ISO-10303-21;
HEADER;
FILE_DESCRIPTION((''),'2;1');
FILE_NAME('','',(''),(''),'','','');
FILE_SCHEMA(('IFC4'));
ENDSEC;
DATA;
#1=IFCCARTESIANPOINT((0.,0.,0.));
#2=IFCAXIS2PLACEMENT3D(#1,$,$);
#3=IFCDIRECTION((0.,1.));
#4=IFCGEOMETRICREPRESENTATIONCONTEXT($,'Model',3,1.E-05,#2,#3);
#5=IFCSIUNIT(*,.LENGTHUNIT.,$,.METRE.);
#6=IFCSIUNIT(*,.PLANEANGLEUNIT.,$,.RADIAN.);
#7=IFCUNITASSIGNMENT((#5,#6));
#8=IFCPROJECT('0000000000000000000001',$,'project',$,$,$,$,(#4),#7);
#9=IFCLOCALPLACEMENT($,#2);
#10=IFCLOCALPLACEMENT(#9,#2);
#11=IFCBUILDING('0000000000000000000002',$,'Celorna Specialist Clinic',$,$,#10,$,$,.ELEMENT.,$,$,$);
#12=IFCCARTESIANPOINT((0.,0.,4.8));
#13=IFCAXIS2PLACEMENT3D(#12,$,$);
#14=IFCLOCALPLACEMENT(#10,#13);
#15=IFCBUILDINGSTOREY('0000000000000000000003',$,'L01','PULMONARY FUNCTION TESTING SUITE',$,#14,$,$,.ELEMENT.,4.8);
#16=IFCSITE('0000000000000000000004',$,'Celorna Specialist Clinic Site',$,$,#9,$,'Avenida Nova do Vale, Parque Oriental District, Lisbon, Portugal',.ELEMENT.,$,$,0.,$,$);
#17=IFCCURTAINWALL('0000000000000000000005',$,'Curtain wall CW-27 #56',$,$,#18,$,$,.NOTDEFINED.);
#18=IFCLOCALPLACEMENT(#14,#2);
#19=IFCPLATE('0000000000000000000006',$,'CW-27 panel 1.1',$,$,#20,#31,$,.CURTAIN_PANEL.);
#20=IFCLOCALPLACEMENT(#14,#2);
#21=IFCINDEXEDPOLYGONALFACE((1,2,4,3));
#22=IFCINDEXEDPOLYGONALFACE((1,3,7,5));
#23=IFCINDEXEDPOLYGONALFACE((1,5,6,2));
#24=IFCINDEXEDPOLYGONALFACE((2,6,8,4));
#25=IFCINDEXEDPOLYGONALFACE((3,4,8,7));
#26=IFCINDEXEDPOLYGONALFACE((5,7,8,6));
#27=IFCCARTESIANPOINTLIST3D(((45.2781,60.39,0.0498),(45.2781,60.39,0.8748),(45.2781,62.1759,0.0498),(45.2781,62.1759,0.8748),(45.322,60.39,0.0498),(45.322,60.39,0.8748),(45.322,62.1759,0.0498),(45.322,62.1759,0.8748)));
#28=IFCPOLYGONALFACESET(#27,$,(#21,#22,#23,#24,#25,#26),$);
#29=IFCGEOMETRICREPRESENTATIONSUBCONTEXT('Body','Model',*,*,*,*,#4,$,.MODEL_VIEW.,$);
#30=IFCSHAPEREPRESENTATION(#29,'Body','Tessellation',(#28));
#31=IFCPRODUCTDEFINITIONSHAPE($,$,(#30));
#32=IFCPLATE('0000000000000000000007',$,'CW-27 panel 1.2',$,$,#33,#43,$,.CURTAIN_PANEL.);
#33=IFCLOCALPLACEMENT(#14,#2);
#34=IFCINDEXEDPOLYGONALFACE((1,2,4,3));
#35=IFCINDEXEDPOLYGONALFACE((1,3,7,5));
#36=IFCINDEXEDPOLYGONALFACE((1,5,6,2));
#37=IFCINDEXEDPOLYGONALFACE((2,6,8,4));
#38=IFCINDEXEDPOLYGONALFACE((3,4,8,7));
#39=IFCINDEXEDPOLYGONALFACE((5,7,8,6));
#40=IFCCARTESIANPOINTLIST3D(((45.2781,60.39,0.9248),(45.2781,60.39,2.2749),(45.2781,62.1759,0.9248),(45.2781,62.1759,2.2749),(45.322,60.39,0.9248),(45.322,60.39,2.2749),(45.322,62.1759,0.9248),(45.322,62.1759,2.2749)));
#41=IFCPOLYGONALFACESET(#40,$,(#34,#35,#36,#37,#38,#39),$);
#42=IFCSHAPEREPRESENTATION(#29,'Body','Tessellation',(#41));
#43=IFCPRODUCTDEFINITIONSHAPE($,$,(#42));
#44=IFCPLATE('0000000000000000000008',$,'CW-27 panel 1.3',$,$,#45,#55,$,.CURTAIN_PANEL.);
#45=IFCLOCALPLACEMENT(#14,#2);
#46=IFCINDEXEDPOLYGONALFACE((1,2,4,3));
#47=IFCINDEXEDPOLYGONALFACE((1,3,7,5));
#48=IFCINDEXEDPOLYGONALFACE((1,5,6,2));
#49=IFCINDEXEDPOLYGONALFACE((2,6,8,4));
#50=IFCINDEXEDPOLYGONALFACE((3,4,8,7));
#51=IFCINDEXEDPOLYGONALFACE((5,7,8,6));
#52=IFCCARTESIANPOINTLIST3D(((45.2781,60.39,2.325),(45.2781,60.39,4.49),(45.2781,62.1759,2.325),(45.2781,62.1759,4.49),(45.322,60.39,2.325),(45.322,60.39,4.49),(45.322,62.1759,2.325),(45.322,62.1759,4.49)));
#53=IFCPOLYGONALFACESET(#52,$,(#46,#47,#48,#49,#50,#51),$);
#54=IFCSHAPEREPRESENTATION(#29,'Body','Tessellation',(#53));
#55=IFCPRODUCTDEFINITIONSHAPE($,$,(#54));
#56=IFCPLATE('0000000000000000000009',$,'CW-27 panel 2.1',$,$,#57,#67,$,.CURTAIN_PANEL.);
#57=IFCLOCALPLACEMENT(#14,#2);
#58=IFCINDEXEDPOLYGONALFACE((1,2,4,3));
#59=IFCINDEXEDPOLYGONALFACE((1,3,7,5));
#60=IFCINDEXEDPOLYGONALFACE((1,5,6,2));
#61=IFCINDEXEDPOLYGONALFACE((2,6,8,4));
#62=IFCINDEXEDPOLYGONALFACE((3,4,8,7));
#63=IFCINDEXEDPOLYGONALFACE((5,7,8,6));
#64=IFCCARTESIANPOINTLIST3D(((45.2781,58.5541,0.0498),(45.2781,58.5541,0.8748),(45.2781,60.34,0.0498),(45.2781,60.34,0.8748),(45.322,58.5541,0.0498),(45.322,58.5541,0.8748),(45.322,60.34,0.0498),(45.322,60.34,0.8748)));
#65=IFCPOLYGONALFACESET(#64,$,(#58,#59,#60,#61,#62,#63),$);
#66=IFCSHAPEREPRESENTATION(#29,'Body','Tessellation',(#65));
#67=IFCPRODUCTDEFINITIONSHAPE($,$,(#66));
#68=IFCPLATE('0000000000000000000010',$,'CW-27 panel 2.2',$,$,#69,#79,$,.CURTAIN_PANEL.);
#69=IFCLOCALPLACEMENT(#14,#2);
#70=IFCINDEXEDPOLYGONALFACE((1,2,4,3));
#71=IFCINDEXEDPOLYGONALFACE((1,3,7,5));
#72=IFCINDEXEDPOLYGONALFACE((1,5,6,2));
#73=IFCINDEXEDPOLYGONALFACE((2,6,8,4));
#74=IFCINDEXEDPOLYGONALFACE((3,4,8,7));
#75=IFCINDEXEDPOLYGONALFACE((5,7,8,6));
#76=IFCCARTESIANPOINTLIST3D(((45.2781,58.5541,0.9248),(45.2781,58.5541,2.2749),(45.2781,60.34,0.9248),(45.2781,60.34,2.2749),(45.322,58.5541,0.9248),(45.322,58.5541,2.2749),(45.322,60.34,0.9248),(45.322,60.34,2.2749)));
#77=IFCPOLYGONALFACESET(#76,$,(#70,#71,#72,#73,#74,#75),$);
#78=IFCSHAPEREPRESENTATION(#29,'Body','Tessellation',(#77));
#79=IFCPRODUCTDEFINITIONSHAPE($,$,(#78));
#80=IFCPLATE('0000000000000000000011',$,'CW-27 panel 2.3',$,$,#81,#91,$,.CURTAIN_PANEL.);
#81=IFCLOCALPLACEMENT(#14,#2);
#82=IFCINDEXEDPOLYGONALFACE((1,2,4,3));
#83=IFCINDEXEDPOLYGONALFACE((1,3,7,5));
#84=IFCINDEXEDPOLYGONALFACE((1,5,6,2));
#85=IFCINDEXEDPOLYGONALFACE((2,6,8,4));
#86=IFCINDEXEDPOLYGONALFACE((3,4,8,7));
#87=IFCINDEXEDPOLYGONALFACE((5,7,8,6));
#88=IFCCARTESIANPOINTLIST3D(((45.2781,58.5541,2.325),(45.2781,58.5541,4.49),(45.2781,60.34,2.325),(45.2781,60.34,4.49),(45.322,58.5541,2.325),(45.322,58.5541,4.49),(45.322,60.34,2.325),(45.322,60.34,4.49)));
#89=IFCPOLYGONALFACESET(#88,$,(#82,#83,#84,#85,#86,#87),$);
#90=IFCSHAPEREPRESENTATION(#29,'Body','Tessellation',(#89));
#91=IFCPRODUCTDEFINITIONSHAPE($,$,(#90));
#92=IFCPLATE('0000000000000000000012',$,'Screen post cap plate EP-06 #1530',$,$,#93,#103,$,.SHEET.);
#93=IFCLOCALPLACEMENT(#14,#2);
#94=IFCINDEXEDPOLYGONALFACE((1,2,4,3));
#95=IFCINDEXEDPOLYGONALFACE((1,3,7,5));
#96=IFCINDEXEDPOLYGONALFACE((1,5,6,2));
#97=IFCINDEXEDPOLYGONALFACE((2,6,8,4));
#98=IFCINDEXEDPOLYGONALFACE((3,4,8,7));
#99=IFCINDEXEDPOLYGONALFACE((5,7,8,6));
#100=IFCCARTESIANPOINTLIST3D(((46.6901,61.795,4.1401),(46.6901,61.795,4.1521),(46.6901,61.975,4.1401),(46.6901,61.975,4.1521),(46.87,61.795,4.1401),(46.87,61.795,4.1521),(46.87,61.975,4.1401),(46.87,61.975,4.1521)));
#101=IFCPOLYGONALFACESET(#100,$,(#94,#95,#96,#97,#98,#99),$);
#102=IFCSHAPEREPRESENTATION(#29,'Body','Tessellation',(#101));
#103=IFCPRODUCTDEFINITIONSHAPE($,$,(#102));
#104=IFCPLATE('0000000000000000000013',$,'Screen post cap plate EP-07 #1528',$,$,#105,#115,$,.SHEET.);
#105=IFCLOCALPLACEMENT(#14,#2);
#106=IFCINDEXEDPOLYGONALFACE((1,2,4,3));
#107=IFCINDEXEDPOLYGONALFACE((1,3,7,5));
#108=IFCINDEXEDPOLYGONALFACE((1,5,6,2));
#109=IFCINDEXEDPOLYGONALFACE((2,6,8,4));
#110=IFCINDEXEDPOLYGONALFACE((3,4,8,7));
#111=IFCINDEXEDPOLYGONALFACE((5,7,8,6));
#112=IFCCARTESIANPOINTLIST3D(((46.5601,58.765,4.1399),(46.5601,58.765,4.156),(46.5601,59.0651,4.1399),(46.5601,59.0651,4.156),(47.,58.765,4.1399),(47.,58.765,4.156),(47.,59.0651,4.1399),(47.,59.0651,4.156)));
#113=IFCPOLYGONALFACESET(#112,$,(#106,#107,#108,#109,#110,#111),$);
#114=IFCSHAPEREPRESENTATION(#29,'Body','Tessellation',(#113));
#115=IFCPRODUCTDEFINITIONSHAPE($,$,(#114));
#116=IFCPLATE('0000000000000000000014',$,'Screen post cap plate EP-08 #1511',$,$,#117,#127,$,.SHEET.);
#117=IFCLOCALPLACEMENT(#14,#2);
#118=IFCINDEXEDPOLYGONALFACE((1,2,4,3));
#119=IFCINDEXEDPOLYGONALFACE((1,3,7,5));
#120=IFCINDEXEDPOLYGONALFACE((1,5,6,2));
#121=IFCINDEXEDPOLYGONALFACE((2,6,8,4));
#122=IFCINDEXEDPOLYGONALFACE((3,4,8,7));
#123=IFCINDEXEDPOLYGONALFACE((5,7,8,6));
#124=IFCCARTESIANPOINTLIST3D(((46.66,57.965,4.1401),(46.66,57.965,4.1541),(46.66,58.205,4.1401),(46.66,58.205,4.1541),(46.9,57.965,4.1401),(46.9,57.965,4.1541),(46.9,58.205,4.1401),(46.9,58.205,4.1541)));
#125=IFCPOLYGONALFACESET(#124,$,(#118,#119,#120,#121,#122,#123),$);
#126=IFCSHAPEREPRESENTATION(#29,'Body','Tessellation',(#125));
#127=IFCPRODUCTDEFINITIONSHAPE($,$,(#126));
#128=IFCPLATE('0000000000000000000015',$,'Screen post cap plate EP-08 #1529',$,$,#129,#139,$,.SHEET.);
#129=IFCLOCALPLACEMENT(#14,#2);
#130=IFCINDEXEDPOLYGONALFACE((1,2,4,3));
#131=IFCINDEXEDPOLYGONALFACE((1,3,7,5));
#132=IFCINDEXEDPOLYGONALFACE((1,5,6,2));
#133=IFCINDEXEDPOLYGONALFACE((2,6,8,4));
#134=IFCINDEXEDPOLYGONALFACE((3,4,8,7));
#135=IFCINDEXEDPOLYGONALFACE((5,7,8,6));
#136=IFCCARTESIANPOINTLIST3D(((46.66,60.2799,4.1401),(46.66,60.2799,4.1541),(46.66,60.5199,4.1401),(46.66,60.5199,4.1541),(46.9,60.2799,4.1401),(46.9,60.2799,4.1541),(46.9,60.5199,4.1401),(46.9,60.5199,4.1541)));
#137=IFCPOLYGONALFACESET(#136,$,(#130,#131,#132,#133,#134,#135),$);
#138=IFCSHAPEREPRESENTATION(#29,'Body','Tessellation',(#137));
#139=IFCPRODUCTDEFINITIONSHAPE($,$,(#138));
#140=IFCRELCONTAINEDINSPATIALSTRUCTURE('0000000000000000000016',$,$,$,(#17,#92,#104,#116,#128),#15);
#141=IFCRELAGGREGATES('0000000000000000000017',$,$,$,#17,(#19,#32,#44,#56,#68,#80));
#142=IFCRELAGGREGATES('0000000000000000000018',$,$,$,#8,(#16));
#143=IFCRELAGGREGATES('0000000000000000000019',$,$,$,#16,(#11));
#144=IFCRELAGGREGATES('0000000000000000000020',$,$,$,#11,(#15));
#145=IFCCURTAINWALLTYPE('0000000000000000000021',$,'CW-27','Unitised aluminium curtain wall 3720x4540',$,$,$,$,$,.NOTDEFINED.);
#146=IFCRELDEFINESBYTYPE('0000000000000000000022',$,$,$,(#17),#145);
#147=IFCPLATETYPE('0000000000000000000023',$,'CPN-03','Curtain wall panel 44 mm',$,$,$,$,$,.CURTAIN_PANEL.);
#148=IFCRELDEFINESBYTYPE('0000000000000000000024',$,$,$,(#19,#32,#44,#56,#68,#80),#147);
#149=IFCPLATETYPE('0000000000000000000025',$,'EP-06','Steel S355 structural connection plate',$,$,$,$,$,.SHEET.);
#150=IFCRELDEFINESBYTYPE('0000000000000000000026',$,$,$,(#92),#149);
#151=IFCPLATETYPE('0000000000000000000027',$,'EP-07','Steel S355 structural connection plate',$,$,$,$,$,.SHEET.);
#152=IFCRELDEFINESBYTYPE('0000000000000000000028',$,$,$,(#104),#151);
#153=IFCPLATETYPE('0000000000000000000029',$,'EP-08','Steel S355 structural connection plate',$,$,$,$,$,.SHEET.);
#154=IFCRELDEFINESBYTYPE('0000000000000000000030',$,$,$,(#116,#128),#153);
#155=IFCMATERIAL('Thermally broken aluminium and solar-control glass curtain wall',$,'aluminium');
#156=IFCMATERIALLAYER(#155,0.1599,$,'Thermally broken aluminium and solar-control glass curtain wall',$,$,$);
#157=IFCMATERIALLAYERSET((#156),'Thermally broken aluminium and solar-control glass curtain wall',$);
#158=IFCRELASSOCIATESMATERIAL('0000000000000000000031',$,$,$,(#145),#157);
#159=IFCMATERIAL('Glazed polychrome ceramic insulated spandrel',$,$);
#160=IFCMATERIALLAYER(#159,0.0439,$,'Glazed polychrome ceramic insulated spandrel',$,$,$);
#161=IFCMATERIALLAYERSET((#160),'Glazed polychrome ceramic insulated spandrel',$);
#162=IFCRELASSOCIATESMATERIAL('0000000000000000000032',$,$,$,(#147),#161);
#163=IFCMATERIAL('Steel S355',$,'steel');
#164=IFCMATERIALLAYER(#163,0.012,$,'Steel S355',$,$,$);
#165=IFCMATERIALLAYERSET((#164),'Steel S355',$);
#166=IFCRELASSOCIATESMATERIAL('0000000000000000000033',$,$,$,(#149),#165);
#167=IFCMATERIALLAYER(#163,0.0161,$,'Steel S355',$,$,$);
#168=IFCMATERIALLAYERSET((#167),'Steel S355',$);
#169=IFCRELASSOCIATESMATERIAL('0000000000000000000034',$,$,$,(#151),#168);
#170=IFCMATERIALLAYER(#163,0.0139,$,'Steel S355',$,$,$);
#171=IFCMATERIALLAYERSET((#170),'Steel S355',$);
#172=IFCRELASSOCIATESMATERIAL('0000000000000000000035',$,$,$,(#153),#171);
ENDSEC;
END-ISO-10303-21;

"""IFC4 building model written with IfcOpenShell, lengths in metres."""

from ifc_helpers import new_model, si_unit, direction, frame, origin, origin_2d, place, context, subcontext, project, spatial, rectangle, extrude, material, layer, layer_set, type_object, element, aggregate, save


model = new_model("IFC4")

# Units and contexts
model_context = context("Model", 3, precision=1e-05, world=origin(), true_north=direction((0.0, 1.0)))
body_context = subcontext(model_context, "Body", "Model", "MODEL_VIEW")
ifc_project = project(units=[si_unit("LENGTHUNIT", "METRE"), si_unit("PLANEANGLEUNIT", "RADIAN")], contexts=[model_context])

# Site, building, storey
site_placement = place(None, origin())
site = spatial("IfcSite", under=ifc_project, at=site_placement, Name="Celorna Specialist Clinic Site", LongName="Avenida Nova do Vale, Parque Oriental District, Lisbon, Portugal", CompositionType="ELEMENT", RefElevation=0.0)
building_placement = place(site_placement, origin())
building = spatial("IfcBuilding", under=site, at=building_placement, Name="Celorna Specialist Clinic", CompositionType="ELEMENT")
storey_placement = place(building_placement, frame((0.0, 0.0, 4.8)))
storey = spatial("IfcBuildingStorey", under=building, at=storey_placement, Name="L01", Description="PULMONARY FUNCTION TESTING SUITE", CompositionType="ELEMENT", Elevation=4.8)

# Shared definitions
ifc_material_1 = material(Name="Steel S355", Category="steel")

# Shared definitions
ifc_material_2 = material(Name="Thermally broken aluminium and solar-control glass curtain wall", Category="aluminium")

# Curtain wall
ifc_layer_1 = layer(ifc_material_2, 0.1599, Name="Thermally broken aluminium and solar-control glass curtain wall")
ifc_layer_set_1 = layer_set([ifc_layer_1], Name="Thermally broken aluminium and solar-control glass curtain wall")
curtain_wall_type_1 = type_object("IfcCurtainWallType", Name="CW-27", Description="Unitised aluminium curtain wall 3720x4540", PredefinedType="NOTDEFINED", material=ifc_layer_set_1)
curtain_wall_1_placement = place(storey_placement, origin())
curtain_wall_1 = element("IfcCurtainWall", 1, at=curtain_wall_1_placement, inside=storey, type_object=curtain_wall_type_1, Name="Curtain wall CW-27 #56", PredefinedType="NOTDEFINED")

# Plates
ifc_material_3 = material(Name="Glazed polychrome ceramic insulated spandrel")
ifc_layer_2 = layer(ifc_material_3, 0.0439, Name="Glazed polychrome ceramic insulated spandrel")
ifc_layer_set_2 = layer_set([ifc_layer_2], Name="Glazed polychrome ceramic insulated spandrel")
plate_type_1 = type_object("IfcPlateType", Name="CPN-03", Description="Curtain wall panel 44 mm", PredefinedType="CURTAIN_PANEL", material=ifc_layer_set_2)
plate_1_placement = place(storey_placement, frame((45.3, 61.283, 0.0498), z_axis=(0.0, 0.0, 1.0), x_axis=(0.0, -1.0, 0.0)))
plate_1 = element("IfcPlate", 2, at=plate_1_placement, type_object=plate_type_1, Name="CW-27 panel 1.1", PredefinedType="CURTAIN_PANEL", context=body_context, shape_type="SweptSolid", body=[
    extrude(rectangle(XDim=1.7859, YDim=0.0439, at=origin_2d()), origin(), (0.0, 0.0, 1.0), 0.825),
])
plate_2_placement = place(storey_placement, frame((45.3, 61.283, 0.9248), z_axis=(0.0, 0.0, 1.0), x_axis=(0.0, -1.0, 0.0)))
plate_2 = element("IfcPlate", 3, at=plate_2_placement, type_object=plate_type_1, Name="CW-27 panel 1.2", PredefinedType="CURTAIN_PANEL", context=body_context, shape_type="SweptSolid", body=[
    extrude(rectangle(XDim=1.7859, YDim=0.0439, at=origin_2d()), origin(), (0.0, 0.0, 1.0), 1.3501),
])
plate_3_placement = place(storey_placement, frame((45.3, 61.283, 2.325), z_axis=(0.0, 0.0, 1.0), x_axis=(0.0, -1.0, 0.0)))
plate_3 = element("IfcPlate", 4, at=plate_3_placement, type_object=plate_type_1, Name="CW-27 panel 1.3", PredefinedType="CURTAIN_PANEL", context=body_context, shape_type="SweptSolid", body=[
    extrude(rectangle(XDim=1.7859, YDim=0.0439, at=origin_2d()), origin(), (0.0, 0.0, 1.0), 2.165),
])
plate_4_placement = place(storey_placement, frame((45.3, 59.447, 0.0498), z_axis=(0.0, 0.0, 1.0), x_axis=(0.0, -1.0, 0.0)))
plate_4 = element("IfcPlate", 5, at=plate_4_placement, type_object=plate_type_1, Name="CW-27 panel 2.1", PredefinedType="CURTAIN_PANEL", context=body_context, shape_type="SweptSolid", body=[
    extrude(rectangle(XDim=1.7859, YDim=0.0439, at=origin_2d()), origin(), (0.0, 0.0, 1.0), 0.825),
])
plate_5_placement = place(storey_placement, frame((45.3, 59.447, 0.9248), z_axis=(0.0, 0.0, 1.0), x_axis=(0.0, -1.0, 0.0)))
plate_5 = element("IfcPlate", 6, at=plate_5_placement, type_object=plate_type_1, Name="CW-27 panel 2.2", PredefinedType="CURTAIN_PANEL", context=body_context, shape_type="SweptSolid", body=[
    extrude(rectangle(XDim=1.7859, YDim=0.0439, at=origin_2d()), origin(), (0.0, 0.0, 1.0), 1.3501),
])
plate_6_placement = place(storey_placement, frame((45.3, 59.447, 2.325), z_axis=(0.0, 0.0, 1.0), x_axis=(0.0, -1.0, 0.0)))
plate_6 = element("IfcPlate", 7, at=plate_6_placement, type_object=plate_type_1, Name="CW-27 panel 2.3", PredefinedType="CURTAIN_PANEL", context=body_context, shape_type="SweptSolid", body=[
    extrude(rectangle(XDim=1.7859, YDim=0.0439, at=origin_2d()), origin(), (0.0, 0.0, 1.0), 2.165),
])
aggregate(curtain_wall_1, [plate_1, plate_2, plate_3, plate_4, plate_5, plate_6])

# Plates
ifc_layer_3 = layer(ifc_material_1, 0.012, Name="Steel S355")
ifc_layer_set_3 = layer_set([ifc_layer_3], Name="Steel S355")
plate_type_2 = type_object("IfcPlateType", Name="EP-06", Description="Steel S355 structural connection plate", PredefinedType="SHEET", material=ifc_layer_set_3)
plate_7_placement = place(storey_placement, frame((46.78, 61.885, 4.1401), z_axis=(0.0, 0.0, 1.0), x_axis=(0.0, 1.0, 0.0)))
element("IfcPlate", 8, at=plate_7_placement, inside=storey, type_object=plate_type_2, Name="Screen post cap plate EP-06 #1530", PredefinedType="SHEET", context=body_context, shape_type="SweptSolid", body=[
    extrude(rectangle(XDim=0.1799, YDim=0.1799, at=origin_2d()), origin(), (0.0, 0.0, 1.0), 0.012),
])
ifc_layer_4 = layer(ifc_material_1, 0.0161, Name="Steel S355")
ifc_layer_set_4 = layer_set([ifc_layer_4], Name="Steel S355")
plate_type_3 = type_object("IfcPlateType", Name="EP-07", Description="Steel S355 structural connection plate", PredefinedType="SHEET", material=ifc_layer_set_4)
plate_8_placement = place(storey_placement, frame((46.78, 58.915, 4.1399), z_axis=(0.0, 0.0, 1.0), x_axis=(0.0, 1.0, 0.0)))
element("IfcPlate", 9, at=plate_8_placement, inside=storey, type_object=plate_type_3, Name="Screen post cap plate EP-07 #1528", PredefinedType="SHEET", context=body_context, shape_type="SweptSolid", body=[
    extrude(rectangle(XDim=0.3, YDim=0.4399, at=origin_2d()), origin(), (0.0, 0.0, 1.0), 0.0161),
])
ifc_layer_5 = layer(ifc_material_1, 0.0139, Name="Steel S355")
ifc_layer_set_5 = layer_set([ifc_layer_5], Name="Steel S355")
plate_type_4 = type_object("IfcPlateType", Name="EP-08", Description="Steel S355 structural connection plate", PredefinedType="SHEET", material=ifc_layer_set_5)
for number, where, z_axis, x_axis, name in (
    (10, (46.78, 58.085, 4.1401), (0.0, 0.0, 1.0), (0.0, 1.0, 0.0), "Screen post cap plate EP-08 #1511"),
    (11, (46.78, 60.3999, 4.1401), (0.0, 0.0, 1.0), (0.0, 1.0, 0.0), "Screen post cap plate EP-08 #1529"),
):
    element("IfcPlate", number, at=place(storey_placement, frame(where, z_axis=z_axis, x_axis=x_axis)), inside=storey, type_object=plate_type_4, Name=name, PredefinedType="SHEET", context=body_context, shape_type="SweptSolid", body=[
        extrude(rectangle(XDim=0.24, YDim=0.24, at=origin_2d()), origin(), (0.0, 0.0, 1.0), 0.0139),
    ])

save(model, "model.ifc")
